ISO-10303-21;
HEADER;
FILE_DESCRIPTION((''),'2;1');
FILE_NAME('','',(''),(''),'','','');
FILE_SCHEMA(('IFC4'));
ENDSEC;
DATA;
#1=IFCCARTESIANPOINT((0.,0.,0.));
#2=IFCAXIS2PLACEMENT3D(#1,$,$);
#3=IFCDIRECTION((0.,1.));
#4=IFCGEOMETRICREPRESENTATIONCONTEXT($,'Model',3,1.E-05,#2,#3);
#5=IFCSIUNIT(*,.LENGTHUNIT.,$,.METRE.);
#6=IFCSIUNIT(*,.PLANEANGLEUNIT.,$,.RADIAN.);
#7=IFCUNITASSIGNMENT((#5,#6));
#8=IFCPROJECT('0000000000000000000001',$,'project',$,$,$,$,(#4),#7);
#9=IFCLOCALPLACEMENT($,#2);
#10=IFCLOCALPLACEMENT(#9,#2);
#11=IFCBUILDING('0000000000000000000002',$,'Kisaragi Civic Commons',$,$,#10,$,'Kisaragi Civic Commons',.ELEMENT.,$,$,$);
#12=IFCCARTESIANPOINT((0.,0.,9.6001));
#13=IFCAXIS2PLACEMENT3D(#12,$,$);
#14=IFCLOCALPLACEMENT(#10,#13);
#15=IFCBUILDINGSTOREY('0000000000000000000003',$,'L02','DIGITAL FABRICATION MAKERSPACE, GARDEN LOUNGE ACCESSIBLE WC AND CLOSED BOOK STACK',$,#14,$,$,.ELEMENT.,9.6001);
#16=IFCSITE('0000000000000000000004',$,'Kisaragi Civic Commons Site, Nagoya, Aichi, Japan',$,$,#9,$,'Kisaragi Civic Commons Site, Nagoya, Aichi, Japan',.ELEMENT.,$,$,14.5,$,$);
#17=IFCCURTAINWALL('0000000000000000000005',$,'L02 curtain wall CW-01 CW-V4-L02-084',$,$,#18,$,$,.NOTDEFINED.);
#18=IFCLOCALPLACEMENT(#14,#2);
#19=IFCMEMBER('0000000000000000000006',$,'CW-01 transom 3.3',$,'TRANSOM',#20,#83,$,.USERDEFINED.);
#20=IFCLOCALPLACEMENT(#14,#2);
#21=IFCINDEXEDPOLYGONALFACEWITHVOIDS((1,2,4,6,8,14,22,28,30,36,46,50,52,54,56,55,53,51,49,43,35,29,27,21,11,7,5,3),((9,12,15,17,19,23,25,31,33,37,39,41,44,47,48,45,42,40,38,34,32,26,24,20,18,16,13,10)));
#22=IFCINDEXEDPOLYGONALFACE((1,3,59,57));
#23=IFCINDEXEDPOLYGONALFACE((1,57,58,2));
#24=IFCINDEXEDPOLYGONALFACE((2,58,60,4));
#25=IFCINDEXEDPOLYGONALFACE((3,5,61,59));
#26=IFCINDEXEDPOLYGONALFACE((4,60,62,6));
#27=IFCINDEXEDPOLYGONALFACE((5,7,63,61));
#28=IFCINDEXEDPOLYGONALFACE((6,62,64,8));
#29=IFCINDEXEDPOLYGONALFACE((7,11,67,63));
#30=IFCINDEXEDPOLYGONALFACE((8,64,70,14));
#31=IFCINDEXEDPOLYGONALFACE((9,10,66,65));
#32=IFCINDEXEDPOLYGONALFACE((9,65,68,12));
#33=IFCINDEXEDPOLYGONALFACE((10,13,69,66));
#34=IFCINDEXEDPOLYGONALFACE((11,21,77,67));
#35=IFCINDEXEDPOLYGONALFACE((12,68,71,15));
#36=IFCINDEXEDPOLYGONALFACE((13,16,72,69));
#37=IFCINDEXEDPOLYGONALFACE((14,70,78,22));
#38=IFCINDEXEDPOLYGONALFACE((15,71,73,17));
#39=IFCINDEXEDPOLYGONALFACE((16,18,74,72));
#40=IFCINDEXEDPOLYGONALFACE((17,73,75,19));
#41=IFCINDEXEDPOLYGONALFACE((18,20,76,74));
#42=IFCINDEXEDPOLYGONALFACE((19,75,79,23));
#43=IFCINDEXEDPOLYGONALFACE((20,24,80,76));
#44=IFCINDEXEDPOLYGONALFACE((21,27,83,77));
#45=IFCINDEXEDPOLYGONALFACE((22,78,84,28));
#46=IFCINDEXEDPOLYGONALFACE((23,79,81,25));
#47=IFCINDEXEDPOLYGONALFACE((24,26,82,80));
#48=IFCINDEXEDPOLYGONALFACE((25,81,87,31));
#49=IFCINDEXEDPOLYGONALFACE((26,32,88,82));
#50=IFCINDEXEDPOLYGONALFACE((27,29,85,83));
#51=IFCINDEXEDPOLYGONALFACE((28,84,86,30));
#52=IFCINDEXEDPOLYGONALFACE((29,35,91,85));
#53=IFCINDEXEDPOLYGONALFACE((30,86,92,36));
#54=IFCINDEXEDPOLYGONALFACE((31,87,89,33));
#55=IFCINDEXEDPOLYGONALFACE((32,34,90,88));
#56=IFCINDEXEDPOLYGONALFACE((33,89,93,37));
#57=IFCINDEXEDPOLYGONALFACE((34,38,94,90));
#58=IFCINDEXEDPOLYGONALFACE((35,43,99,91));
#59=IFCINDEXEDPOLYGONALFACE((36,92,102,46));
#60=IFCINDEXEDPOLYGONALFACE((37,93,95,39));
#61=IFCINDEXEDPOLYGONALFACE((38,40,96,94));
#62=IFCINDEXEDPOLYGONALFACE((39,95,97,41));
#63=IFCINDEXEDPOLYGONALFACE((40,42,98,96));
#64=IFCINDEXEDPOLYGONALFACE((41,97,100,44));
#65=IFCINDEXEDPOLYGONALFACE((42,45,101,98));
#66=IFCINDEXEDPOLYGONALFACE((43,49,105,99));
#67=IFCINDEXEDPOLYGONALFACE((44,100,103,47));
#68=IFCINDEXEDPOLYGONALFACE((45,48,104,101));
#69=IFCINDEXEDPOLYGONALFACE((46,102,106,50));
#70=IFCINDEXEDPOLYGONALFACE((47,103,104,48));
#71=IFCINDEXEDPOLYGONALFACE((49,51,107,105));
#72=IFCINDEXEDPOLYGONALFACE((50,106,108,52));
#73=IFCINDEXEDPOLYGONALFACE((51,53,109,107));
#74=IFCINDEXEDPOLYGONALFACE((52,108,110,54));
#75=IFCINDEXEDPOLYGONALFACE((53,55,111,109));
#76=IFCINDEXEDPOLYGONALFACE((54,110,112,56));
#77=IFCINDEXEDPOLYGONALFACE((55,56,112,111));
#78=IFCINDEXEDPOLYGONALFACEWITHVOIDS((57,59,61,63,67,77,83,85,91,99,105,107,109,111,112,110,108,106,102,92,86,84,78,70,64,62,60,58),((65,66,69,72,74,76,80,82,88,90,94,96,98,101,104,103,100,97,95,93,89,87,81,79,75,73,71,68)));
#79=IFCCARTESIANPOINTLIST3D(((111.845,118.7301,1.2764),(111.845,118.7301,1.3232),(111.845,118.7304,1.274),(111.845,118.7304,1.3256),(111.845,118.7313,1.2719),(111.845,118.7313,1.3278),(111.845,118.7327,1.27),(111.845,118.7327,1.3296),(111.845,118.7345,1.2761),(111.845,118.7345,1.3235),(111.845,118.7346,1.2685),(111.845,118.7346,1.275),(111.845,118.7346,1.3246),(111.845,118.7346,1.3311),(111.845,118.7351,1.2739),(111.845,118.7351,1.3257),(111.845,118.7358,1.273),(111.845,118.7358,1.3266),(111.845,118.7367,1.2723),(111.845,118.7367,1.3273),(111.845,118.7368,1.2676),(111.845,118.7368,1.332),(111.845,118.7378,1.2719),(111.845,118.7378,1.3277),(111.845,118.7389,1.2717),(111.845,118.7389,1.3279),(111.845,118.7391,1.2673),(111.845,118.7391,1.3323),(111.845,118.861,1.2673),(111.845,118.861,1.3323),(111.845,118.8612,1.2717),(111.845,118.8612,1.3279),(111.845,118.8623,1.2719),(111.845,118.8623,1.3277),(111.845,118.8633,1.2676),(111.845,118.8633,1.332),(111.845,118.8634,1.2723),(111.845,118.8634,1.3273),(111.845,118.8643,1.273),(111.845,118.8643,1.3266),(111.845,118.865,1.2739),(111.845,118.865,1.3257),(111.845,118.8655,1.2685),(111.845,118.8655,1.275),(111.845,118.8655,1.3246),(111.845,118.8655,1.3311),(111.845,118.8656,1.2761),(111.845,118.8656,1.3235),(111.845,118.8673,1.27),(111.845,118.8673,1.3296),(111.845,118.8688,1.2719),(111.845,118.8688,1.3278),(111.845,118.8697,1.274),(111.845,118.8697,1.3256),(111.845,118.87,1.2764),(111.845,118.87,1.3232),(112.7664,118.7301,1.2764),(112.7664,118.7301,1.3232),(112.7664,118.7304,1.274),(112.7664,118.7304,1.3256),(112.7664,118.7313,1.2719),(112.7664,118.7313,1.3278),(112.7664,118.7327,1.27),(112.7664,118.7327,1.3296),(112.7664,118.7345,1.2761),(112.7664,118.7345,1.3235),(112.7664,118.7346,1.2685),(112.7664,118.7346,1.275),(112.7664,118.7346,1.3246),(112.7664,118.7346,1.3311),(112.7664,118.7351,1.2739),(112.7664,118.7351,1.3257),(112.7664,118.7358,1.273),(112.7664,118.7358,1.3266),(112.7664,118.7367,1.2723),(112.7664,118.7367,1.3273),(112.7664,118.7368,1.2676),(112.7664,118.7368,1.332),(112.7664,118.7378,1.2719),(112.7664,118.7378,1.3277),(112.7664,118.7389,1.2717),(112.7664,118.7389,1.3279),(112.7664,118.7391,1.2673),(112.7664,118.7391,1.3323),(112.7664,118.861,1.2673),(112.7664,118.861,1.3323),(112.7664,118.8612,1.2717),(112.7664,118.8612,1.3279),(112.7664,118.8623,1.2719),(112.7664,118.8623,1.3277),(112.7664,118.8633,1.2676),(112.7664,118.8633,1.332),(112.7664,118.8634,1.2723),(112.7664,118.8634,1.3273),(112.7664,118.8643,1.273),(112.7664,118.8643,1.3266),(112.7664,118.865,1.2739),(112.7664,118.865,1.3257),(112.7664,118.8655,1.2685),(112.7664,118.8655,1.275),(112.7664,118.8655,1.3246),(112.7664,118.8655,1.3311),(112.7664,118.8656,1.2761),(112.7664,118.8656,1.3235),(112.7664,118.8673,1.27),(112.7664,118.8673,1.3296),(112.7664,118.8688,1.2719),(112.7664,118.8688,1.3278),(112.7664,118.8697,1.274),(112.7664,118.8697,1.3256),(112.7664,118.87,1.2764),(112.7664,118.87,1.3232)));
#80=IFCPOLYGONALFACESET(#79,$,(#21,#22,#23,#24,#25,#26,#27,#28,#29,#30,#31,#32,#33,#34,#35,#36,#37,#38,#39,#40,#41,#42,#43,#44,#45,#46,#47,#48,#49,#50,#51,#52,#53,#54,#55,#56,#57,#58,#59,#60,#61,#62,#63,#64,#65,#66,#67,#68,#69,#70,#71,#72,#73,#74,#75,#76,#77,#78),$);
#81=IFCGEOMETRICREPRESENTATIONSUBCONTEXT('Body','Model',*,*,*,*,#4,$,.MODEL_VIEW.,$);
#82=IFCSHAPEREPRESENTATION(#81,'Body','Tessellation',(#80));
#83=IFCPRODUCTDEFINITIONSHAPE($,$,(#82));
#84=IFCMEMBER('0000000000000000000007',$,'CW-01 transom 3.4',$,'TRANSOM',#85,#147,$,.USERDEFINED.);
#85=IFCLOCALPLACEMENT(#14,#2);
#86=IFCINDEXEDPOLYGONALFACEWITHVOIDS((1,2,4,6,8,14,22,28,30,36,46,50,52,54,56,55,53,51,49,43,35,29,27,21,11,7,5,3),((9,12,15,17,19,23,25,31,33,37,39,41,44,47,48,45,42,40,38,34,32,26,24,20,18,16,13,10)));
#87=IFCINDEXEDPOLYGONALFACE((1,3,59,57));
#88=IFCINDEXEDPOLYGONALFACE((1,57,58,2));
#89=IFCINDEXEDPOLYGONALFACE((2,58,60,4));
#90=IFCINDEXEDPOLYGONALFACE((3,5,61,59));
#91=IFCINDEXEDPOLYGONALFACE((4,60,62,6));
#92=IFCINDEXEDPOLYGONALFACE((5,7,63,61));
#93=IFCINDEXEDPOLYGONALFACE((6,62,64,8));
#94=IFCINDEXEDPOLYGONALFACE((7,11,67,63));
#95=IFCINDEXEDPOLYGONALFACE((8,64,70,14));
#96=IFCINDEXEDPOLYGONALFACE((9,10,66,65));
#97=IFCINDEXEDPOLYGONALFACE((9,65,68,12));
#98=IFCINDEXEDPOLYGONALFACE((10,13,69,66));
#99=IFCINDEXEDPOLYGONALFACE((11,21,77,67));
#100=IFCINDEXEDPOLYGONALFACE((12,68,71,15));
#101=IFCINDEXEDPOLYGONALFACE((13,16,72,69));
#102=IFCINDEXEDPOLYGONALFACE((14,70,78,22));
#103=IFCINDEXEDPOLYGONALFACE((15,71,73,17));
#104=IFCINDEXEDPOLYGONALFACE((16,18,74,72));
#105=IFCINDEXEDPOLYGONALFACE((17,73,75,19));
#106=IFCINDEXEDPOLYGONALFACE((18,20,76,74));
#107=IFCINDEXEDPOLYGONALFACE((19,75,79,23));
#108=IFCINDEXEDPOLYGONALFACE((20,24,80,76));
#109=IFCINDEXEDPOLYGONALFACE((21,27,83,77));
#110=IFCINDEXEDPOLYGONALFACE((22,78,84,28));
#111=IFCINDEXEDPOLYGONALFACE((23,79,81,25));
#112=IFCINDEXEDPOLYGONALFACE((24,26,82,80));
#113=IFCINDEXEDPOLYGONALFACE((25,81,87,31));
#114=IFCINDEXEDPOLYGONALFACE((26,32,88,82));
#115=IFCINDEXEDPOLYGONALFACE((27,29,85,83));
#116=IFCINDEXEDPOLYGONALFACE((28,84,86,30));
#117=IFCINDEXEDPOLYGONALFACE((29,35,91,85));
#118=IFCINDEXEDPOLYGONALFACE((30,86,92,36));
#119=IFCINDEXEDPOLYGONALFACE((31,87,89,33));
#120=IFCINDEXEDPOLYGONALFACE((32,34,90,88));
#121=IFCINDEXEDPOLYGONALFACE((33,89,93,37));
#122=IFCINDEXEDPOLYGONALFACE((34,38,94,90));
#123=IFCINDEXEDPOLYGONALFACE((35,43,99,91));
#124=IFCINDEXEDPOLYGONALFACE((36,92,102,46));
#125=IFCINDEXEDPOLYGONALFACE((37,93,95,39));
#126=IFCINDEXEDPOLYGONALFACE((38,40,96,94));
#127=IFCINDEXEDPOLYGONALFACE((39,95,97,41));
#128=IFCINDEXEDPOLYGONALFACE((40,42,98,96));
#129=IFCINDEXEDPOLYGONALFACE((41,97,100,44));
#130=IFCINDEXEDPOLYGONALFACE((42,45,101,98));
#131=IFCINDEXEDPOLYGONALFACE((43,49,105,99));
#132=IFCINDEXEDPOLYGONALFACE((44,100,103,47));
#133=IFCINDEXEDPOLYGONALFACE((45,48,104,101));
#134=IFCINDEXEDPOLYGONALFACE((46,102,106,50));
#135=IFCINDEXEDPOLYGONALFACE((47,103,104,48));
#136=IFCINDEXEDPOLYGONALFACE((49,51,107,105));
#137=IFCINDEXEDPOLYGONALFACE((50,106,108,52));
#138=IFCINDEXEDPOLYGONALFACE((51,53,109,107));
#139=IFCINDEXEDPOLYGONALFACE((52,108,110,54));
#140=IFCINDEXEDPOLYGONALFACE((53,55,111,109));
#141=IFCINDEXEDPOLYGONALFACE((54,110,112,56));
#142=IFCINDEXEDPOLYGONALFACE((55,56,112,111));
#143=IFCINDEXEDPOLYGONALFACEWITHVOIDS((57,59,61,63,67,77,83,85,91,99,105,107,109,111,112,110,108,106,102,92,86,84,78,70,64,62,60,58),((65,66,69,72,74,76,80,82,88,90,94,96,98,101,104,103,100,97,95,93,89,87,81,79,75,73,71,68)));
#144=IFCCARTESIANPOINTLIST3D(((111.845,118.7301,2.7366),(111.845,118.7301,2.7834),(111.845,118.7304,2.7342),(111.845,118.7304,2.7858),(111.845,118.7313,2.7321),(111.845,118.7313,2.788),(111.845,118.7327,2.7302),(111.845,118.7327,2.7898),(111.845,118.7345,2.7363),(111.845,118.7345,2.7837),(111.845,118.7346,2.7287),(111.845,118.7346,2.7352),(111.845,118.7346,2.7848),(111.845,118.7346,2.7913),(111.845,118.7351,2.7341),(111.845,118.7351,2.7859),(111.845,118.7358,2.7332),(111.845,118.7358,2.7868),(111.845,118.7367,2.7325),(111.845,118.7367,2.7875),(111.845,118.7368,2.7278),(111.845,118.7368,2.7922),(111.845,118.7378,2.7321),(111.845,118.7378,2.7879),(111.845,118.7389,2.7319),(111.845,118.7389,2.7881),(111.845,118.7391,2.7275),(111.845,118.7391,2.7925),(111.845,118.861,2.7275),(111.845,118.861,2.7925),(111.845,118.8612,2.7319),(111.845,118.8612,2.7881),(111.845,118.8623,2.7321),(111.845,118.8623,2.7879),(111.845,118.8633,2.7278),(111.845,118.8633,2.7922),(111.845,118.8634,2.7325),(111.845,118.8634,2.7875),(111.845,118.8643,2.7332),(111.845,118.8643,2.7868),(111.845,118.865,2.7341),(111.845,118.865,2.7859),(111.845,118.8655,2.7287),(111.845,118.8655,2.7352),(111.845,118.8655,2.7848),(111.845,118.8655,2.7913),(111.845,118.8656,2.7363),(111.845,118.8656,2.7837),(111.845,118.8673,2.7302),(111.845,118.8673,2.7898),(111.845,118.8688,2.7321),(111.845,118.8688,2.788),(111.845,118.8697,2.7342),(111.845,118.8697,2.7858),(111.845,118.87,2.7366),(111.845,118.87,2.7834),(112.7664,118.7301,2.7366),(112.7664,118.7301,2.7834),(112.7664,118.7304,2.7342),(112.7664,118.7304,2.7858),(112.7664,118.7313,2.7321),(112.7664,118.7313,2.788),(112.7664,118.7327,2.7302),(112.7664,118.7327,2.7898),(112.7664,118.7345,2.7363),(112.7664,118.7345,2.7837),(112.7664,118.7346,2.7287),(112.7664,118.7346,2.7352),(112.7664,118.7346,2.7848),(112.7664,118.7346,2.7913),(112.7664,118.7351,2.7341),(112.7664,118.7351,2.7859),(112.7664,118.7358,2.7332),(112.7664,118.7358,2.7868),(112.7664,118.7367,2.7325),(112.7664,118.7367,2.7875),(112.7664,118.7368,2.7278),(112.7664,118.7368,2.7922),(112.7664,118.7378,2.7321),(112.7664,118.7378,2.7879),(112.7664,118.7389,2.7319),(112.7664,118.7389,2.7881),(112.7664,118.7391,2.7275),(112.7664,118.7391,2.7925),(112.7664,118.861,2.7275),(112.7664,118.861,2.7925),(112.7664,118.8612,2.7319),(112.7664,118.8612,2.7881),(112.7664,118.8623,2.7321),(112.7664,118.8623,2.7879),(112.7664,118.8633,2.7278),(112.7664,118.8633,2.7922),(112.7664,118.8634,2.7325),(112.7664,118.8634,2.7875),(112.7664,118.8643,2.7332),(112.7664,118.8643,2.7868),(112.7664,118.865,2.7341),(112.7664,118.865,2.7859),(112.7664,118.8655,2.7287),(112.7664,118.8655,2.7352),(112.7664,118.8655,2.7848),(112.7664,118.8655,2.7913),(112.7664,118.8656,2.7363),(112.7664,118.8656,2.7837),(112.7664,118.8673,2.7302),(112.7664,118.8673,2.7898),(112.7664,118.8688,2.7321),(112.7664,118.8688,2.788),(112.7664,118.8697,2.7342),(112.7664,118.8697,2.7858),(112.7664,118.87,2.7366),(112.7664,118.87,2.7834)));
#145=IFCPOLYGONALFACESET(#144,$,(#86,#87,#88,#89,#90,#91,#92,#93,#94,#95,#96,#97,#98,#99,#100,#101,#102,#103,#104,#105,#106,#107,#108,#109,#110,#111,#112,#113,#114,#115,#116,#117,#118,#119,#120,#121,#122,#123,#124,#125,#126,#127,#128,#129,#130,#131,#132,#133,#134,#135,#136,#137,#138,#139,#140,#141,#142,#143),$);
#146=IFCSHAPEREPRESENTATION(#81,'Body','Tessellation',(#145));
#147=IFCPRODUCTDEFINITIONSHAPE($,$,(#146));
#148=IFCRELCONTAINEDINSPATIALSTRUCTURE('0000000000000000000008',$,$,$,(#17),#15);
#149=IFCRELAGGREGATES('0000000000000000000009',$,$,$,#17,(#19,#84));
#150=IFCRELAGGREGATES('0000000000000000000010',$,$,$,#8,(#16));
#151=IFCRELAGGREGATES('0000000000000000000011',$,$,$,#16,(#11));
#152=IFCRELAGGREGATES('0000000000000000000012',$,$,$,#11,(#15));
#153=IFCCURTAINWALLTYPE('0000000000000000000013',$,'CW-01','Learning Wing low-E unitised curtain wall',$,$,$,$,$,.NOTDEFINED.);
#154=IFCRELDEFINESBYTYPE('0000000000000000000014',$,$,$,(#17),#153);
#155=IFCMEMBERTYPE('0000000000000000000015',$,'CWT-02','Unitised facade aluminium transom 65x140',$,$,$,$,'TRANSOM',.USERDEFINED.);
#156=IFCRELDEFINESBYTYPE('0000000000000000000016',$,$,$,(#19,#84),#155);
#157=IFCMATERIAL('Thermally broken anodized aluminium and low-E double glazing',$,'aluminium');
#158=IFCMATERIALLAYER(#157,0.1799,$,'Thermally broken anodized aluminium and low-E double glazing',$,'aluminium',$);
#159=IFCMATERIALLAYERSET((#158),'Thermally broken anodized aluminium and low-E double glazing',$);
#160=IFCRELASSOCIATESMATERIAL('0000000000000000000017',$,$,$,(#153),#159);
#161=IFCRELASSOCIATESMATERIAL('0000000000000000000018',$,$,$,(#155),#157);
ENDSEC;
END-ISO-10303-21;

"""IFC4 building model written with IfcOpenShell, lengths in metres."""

from ifc_helpers import new_model, si_unit, direction, frame, origin, origin_2d, place, context, subcontext, project, spatial, hollow_rectangle, extrude, material, layer, layer_set, material_profile, profile_set, type_object, element, aggregate, save


model = new_model("IFC4")

# Units and contexts
model_context = context("Model", 3, precision=1e-05, world=origin(), true_north=direction((0.0, 1.0)))
body_context = subcontext(model_context, "Body", "Model", "MODEL_VIEW")
ifc_project = project(units=[si_unit("LENGTHUNIT", "METRE"), si_unit("PLANEANGLEUNIT", "RADIAN")], contexts=[model_context])

# Site, building, storey
site_placement = place(None, origin())
site = spatial("IfcSite", under=ifc_project, at=site_placement, Name="Kisaragi Civic Commons Site, Nagoya, Aichi, Japan", LongName="Kisaragi Civic Commons Site, Nagoya, Aichi, Japan", CompositionType="ELEMENT", RefElevation=14.5)
building_placement = place(site_placement, origin())
building = spatial("IfcBuilding", under=site, at=building_placement, Name="Kisaragi Civic Commons", LongName="Kisaragi Civic Commons", CompositionType="ELEMENT")
storey_placement = place(building_placement, frame((0.0, 0.0, 9.6001)))
storey = spatial("IfcBuildingStorey", under=building, at=storey_placement, Name="L02", Description="DIGITAL FABRICATION MAKERSPACE, GARDEN LOUNGE ACCESSIBLE WC AND CLOSED BOOK STACK", CompositionType="ELEMENT", Elevation=9.6001)

# Curtain wall, members
ifc_material_1 = material(Name="Thermally broken anodized aluminium and low-E double glazing", Category="aluminium")
ifc_layer_1 = layer(ifc_material_1, 0.1799, Name="Thermally broken anodized aluminium and low-E double glazing", Category="aluminium")
ifc_layer_set_1 = layer_set([ifc_layer_1], Name="Thermally broken anodized aluminium and low-E double glazing")
curtain_wall_type = type_object("IfcCurtainWallType", Name="CW-01", Description="Learning Wing low-E unitised curtain wall", PredefinedType="NOTDEFINED", material=ifc_layer_set_1)
curtain_wall_placement = place(storey_placement, origin())
curtain_wall = element("IfcCurtainWall", 1, at=curtain_wall_placement, inside=storey, type_object=curtain_wall_type, Name="L02 curtain wall CW-01 CW-V4-L02-084", PredefinedType="NOTDEFINED")
ifc_material_profile_1 = material_profile(ifc_material_1, hollow_rectangle(XDim=0.1399, YDim=0.0649, WallThickness=0.0044, InnerFilletRadius=0.0044, OuterFilletRadius=0.009, at=origin_2d()), Name="CWT-65x140x4.5", Category="aluminium")
ifc_profile_set_1 = profile_set([ifc_material_profile_1], Name="Thermally broken anodized aluminium and low-E double glazing")
member_type_1 = type_object("IfcMemberType", Name="CWT-02", Description="Unitised facade aluminium transom 65x140", ElementType="TRANSOM", PredefinedType="USERDEFINED", material=ifc_profile_set_1)
member_1_placement = place(storey_placement, frame((111.845, 118.8, 1.2998), z_axis=(1.0, 0.0, 0.0), x_axis=(0.0, 1.0, 0.0)))
member_1 = element("IfcMember", 2, at=member_1_placement, type_object=member_type_1, Name="CW-01 transom 3.3", ObjectType="TRANSOM", PredefinedType="USERDEFINED", context=body_context, shape_type="SweptSolid", body=[
    extrude(hollow_rectangle(XDim=0.1399, YDim=0.0649, WallThickness=0.0044, InnerFilletRadius=0.0044, OuterFilletRadius=0.009, at=origin_2d()), origin(), (0.0, 0.0, 1.0), 0.9214),
])
member_2_placement = place(storey_placement, frame((111.845, 118.8, 2.76), z_axis=(1.0, 0.0, 0.0), x_axis=(0.0, 1.0, 0.0)))
member_2 = element("IfcMember", 3, at=member_2_placement, type_object=member_type_1, Name="CW-01 transom 3.4", ObjectType="TRANSOM", PredefinedType="USERDEFINED", context=body_context, shape_type="SweptSolid", body=[
    extrude(hollow_rectangle(XDim=0.1399, YDim=0.0649, WallThickness=0.0044, InnerFilletRadius=0.0044, OuterFilletRadius=0.009, at=origin_2d()), origin(), (0.0, 0.0, 1.0), 0.9214),
])
aggregate(curtain_wall, [member_1, member_2])

save(model, "model.ifc")
